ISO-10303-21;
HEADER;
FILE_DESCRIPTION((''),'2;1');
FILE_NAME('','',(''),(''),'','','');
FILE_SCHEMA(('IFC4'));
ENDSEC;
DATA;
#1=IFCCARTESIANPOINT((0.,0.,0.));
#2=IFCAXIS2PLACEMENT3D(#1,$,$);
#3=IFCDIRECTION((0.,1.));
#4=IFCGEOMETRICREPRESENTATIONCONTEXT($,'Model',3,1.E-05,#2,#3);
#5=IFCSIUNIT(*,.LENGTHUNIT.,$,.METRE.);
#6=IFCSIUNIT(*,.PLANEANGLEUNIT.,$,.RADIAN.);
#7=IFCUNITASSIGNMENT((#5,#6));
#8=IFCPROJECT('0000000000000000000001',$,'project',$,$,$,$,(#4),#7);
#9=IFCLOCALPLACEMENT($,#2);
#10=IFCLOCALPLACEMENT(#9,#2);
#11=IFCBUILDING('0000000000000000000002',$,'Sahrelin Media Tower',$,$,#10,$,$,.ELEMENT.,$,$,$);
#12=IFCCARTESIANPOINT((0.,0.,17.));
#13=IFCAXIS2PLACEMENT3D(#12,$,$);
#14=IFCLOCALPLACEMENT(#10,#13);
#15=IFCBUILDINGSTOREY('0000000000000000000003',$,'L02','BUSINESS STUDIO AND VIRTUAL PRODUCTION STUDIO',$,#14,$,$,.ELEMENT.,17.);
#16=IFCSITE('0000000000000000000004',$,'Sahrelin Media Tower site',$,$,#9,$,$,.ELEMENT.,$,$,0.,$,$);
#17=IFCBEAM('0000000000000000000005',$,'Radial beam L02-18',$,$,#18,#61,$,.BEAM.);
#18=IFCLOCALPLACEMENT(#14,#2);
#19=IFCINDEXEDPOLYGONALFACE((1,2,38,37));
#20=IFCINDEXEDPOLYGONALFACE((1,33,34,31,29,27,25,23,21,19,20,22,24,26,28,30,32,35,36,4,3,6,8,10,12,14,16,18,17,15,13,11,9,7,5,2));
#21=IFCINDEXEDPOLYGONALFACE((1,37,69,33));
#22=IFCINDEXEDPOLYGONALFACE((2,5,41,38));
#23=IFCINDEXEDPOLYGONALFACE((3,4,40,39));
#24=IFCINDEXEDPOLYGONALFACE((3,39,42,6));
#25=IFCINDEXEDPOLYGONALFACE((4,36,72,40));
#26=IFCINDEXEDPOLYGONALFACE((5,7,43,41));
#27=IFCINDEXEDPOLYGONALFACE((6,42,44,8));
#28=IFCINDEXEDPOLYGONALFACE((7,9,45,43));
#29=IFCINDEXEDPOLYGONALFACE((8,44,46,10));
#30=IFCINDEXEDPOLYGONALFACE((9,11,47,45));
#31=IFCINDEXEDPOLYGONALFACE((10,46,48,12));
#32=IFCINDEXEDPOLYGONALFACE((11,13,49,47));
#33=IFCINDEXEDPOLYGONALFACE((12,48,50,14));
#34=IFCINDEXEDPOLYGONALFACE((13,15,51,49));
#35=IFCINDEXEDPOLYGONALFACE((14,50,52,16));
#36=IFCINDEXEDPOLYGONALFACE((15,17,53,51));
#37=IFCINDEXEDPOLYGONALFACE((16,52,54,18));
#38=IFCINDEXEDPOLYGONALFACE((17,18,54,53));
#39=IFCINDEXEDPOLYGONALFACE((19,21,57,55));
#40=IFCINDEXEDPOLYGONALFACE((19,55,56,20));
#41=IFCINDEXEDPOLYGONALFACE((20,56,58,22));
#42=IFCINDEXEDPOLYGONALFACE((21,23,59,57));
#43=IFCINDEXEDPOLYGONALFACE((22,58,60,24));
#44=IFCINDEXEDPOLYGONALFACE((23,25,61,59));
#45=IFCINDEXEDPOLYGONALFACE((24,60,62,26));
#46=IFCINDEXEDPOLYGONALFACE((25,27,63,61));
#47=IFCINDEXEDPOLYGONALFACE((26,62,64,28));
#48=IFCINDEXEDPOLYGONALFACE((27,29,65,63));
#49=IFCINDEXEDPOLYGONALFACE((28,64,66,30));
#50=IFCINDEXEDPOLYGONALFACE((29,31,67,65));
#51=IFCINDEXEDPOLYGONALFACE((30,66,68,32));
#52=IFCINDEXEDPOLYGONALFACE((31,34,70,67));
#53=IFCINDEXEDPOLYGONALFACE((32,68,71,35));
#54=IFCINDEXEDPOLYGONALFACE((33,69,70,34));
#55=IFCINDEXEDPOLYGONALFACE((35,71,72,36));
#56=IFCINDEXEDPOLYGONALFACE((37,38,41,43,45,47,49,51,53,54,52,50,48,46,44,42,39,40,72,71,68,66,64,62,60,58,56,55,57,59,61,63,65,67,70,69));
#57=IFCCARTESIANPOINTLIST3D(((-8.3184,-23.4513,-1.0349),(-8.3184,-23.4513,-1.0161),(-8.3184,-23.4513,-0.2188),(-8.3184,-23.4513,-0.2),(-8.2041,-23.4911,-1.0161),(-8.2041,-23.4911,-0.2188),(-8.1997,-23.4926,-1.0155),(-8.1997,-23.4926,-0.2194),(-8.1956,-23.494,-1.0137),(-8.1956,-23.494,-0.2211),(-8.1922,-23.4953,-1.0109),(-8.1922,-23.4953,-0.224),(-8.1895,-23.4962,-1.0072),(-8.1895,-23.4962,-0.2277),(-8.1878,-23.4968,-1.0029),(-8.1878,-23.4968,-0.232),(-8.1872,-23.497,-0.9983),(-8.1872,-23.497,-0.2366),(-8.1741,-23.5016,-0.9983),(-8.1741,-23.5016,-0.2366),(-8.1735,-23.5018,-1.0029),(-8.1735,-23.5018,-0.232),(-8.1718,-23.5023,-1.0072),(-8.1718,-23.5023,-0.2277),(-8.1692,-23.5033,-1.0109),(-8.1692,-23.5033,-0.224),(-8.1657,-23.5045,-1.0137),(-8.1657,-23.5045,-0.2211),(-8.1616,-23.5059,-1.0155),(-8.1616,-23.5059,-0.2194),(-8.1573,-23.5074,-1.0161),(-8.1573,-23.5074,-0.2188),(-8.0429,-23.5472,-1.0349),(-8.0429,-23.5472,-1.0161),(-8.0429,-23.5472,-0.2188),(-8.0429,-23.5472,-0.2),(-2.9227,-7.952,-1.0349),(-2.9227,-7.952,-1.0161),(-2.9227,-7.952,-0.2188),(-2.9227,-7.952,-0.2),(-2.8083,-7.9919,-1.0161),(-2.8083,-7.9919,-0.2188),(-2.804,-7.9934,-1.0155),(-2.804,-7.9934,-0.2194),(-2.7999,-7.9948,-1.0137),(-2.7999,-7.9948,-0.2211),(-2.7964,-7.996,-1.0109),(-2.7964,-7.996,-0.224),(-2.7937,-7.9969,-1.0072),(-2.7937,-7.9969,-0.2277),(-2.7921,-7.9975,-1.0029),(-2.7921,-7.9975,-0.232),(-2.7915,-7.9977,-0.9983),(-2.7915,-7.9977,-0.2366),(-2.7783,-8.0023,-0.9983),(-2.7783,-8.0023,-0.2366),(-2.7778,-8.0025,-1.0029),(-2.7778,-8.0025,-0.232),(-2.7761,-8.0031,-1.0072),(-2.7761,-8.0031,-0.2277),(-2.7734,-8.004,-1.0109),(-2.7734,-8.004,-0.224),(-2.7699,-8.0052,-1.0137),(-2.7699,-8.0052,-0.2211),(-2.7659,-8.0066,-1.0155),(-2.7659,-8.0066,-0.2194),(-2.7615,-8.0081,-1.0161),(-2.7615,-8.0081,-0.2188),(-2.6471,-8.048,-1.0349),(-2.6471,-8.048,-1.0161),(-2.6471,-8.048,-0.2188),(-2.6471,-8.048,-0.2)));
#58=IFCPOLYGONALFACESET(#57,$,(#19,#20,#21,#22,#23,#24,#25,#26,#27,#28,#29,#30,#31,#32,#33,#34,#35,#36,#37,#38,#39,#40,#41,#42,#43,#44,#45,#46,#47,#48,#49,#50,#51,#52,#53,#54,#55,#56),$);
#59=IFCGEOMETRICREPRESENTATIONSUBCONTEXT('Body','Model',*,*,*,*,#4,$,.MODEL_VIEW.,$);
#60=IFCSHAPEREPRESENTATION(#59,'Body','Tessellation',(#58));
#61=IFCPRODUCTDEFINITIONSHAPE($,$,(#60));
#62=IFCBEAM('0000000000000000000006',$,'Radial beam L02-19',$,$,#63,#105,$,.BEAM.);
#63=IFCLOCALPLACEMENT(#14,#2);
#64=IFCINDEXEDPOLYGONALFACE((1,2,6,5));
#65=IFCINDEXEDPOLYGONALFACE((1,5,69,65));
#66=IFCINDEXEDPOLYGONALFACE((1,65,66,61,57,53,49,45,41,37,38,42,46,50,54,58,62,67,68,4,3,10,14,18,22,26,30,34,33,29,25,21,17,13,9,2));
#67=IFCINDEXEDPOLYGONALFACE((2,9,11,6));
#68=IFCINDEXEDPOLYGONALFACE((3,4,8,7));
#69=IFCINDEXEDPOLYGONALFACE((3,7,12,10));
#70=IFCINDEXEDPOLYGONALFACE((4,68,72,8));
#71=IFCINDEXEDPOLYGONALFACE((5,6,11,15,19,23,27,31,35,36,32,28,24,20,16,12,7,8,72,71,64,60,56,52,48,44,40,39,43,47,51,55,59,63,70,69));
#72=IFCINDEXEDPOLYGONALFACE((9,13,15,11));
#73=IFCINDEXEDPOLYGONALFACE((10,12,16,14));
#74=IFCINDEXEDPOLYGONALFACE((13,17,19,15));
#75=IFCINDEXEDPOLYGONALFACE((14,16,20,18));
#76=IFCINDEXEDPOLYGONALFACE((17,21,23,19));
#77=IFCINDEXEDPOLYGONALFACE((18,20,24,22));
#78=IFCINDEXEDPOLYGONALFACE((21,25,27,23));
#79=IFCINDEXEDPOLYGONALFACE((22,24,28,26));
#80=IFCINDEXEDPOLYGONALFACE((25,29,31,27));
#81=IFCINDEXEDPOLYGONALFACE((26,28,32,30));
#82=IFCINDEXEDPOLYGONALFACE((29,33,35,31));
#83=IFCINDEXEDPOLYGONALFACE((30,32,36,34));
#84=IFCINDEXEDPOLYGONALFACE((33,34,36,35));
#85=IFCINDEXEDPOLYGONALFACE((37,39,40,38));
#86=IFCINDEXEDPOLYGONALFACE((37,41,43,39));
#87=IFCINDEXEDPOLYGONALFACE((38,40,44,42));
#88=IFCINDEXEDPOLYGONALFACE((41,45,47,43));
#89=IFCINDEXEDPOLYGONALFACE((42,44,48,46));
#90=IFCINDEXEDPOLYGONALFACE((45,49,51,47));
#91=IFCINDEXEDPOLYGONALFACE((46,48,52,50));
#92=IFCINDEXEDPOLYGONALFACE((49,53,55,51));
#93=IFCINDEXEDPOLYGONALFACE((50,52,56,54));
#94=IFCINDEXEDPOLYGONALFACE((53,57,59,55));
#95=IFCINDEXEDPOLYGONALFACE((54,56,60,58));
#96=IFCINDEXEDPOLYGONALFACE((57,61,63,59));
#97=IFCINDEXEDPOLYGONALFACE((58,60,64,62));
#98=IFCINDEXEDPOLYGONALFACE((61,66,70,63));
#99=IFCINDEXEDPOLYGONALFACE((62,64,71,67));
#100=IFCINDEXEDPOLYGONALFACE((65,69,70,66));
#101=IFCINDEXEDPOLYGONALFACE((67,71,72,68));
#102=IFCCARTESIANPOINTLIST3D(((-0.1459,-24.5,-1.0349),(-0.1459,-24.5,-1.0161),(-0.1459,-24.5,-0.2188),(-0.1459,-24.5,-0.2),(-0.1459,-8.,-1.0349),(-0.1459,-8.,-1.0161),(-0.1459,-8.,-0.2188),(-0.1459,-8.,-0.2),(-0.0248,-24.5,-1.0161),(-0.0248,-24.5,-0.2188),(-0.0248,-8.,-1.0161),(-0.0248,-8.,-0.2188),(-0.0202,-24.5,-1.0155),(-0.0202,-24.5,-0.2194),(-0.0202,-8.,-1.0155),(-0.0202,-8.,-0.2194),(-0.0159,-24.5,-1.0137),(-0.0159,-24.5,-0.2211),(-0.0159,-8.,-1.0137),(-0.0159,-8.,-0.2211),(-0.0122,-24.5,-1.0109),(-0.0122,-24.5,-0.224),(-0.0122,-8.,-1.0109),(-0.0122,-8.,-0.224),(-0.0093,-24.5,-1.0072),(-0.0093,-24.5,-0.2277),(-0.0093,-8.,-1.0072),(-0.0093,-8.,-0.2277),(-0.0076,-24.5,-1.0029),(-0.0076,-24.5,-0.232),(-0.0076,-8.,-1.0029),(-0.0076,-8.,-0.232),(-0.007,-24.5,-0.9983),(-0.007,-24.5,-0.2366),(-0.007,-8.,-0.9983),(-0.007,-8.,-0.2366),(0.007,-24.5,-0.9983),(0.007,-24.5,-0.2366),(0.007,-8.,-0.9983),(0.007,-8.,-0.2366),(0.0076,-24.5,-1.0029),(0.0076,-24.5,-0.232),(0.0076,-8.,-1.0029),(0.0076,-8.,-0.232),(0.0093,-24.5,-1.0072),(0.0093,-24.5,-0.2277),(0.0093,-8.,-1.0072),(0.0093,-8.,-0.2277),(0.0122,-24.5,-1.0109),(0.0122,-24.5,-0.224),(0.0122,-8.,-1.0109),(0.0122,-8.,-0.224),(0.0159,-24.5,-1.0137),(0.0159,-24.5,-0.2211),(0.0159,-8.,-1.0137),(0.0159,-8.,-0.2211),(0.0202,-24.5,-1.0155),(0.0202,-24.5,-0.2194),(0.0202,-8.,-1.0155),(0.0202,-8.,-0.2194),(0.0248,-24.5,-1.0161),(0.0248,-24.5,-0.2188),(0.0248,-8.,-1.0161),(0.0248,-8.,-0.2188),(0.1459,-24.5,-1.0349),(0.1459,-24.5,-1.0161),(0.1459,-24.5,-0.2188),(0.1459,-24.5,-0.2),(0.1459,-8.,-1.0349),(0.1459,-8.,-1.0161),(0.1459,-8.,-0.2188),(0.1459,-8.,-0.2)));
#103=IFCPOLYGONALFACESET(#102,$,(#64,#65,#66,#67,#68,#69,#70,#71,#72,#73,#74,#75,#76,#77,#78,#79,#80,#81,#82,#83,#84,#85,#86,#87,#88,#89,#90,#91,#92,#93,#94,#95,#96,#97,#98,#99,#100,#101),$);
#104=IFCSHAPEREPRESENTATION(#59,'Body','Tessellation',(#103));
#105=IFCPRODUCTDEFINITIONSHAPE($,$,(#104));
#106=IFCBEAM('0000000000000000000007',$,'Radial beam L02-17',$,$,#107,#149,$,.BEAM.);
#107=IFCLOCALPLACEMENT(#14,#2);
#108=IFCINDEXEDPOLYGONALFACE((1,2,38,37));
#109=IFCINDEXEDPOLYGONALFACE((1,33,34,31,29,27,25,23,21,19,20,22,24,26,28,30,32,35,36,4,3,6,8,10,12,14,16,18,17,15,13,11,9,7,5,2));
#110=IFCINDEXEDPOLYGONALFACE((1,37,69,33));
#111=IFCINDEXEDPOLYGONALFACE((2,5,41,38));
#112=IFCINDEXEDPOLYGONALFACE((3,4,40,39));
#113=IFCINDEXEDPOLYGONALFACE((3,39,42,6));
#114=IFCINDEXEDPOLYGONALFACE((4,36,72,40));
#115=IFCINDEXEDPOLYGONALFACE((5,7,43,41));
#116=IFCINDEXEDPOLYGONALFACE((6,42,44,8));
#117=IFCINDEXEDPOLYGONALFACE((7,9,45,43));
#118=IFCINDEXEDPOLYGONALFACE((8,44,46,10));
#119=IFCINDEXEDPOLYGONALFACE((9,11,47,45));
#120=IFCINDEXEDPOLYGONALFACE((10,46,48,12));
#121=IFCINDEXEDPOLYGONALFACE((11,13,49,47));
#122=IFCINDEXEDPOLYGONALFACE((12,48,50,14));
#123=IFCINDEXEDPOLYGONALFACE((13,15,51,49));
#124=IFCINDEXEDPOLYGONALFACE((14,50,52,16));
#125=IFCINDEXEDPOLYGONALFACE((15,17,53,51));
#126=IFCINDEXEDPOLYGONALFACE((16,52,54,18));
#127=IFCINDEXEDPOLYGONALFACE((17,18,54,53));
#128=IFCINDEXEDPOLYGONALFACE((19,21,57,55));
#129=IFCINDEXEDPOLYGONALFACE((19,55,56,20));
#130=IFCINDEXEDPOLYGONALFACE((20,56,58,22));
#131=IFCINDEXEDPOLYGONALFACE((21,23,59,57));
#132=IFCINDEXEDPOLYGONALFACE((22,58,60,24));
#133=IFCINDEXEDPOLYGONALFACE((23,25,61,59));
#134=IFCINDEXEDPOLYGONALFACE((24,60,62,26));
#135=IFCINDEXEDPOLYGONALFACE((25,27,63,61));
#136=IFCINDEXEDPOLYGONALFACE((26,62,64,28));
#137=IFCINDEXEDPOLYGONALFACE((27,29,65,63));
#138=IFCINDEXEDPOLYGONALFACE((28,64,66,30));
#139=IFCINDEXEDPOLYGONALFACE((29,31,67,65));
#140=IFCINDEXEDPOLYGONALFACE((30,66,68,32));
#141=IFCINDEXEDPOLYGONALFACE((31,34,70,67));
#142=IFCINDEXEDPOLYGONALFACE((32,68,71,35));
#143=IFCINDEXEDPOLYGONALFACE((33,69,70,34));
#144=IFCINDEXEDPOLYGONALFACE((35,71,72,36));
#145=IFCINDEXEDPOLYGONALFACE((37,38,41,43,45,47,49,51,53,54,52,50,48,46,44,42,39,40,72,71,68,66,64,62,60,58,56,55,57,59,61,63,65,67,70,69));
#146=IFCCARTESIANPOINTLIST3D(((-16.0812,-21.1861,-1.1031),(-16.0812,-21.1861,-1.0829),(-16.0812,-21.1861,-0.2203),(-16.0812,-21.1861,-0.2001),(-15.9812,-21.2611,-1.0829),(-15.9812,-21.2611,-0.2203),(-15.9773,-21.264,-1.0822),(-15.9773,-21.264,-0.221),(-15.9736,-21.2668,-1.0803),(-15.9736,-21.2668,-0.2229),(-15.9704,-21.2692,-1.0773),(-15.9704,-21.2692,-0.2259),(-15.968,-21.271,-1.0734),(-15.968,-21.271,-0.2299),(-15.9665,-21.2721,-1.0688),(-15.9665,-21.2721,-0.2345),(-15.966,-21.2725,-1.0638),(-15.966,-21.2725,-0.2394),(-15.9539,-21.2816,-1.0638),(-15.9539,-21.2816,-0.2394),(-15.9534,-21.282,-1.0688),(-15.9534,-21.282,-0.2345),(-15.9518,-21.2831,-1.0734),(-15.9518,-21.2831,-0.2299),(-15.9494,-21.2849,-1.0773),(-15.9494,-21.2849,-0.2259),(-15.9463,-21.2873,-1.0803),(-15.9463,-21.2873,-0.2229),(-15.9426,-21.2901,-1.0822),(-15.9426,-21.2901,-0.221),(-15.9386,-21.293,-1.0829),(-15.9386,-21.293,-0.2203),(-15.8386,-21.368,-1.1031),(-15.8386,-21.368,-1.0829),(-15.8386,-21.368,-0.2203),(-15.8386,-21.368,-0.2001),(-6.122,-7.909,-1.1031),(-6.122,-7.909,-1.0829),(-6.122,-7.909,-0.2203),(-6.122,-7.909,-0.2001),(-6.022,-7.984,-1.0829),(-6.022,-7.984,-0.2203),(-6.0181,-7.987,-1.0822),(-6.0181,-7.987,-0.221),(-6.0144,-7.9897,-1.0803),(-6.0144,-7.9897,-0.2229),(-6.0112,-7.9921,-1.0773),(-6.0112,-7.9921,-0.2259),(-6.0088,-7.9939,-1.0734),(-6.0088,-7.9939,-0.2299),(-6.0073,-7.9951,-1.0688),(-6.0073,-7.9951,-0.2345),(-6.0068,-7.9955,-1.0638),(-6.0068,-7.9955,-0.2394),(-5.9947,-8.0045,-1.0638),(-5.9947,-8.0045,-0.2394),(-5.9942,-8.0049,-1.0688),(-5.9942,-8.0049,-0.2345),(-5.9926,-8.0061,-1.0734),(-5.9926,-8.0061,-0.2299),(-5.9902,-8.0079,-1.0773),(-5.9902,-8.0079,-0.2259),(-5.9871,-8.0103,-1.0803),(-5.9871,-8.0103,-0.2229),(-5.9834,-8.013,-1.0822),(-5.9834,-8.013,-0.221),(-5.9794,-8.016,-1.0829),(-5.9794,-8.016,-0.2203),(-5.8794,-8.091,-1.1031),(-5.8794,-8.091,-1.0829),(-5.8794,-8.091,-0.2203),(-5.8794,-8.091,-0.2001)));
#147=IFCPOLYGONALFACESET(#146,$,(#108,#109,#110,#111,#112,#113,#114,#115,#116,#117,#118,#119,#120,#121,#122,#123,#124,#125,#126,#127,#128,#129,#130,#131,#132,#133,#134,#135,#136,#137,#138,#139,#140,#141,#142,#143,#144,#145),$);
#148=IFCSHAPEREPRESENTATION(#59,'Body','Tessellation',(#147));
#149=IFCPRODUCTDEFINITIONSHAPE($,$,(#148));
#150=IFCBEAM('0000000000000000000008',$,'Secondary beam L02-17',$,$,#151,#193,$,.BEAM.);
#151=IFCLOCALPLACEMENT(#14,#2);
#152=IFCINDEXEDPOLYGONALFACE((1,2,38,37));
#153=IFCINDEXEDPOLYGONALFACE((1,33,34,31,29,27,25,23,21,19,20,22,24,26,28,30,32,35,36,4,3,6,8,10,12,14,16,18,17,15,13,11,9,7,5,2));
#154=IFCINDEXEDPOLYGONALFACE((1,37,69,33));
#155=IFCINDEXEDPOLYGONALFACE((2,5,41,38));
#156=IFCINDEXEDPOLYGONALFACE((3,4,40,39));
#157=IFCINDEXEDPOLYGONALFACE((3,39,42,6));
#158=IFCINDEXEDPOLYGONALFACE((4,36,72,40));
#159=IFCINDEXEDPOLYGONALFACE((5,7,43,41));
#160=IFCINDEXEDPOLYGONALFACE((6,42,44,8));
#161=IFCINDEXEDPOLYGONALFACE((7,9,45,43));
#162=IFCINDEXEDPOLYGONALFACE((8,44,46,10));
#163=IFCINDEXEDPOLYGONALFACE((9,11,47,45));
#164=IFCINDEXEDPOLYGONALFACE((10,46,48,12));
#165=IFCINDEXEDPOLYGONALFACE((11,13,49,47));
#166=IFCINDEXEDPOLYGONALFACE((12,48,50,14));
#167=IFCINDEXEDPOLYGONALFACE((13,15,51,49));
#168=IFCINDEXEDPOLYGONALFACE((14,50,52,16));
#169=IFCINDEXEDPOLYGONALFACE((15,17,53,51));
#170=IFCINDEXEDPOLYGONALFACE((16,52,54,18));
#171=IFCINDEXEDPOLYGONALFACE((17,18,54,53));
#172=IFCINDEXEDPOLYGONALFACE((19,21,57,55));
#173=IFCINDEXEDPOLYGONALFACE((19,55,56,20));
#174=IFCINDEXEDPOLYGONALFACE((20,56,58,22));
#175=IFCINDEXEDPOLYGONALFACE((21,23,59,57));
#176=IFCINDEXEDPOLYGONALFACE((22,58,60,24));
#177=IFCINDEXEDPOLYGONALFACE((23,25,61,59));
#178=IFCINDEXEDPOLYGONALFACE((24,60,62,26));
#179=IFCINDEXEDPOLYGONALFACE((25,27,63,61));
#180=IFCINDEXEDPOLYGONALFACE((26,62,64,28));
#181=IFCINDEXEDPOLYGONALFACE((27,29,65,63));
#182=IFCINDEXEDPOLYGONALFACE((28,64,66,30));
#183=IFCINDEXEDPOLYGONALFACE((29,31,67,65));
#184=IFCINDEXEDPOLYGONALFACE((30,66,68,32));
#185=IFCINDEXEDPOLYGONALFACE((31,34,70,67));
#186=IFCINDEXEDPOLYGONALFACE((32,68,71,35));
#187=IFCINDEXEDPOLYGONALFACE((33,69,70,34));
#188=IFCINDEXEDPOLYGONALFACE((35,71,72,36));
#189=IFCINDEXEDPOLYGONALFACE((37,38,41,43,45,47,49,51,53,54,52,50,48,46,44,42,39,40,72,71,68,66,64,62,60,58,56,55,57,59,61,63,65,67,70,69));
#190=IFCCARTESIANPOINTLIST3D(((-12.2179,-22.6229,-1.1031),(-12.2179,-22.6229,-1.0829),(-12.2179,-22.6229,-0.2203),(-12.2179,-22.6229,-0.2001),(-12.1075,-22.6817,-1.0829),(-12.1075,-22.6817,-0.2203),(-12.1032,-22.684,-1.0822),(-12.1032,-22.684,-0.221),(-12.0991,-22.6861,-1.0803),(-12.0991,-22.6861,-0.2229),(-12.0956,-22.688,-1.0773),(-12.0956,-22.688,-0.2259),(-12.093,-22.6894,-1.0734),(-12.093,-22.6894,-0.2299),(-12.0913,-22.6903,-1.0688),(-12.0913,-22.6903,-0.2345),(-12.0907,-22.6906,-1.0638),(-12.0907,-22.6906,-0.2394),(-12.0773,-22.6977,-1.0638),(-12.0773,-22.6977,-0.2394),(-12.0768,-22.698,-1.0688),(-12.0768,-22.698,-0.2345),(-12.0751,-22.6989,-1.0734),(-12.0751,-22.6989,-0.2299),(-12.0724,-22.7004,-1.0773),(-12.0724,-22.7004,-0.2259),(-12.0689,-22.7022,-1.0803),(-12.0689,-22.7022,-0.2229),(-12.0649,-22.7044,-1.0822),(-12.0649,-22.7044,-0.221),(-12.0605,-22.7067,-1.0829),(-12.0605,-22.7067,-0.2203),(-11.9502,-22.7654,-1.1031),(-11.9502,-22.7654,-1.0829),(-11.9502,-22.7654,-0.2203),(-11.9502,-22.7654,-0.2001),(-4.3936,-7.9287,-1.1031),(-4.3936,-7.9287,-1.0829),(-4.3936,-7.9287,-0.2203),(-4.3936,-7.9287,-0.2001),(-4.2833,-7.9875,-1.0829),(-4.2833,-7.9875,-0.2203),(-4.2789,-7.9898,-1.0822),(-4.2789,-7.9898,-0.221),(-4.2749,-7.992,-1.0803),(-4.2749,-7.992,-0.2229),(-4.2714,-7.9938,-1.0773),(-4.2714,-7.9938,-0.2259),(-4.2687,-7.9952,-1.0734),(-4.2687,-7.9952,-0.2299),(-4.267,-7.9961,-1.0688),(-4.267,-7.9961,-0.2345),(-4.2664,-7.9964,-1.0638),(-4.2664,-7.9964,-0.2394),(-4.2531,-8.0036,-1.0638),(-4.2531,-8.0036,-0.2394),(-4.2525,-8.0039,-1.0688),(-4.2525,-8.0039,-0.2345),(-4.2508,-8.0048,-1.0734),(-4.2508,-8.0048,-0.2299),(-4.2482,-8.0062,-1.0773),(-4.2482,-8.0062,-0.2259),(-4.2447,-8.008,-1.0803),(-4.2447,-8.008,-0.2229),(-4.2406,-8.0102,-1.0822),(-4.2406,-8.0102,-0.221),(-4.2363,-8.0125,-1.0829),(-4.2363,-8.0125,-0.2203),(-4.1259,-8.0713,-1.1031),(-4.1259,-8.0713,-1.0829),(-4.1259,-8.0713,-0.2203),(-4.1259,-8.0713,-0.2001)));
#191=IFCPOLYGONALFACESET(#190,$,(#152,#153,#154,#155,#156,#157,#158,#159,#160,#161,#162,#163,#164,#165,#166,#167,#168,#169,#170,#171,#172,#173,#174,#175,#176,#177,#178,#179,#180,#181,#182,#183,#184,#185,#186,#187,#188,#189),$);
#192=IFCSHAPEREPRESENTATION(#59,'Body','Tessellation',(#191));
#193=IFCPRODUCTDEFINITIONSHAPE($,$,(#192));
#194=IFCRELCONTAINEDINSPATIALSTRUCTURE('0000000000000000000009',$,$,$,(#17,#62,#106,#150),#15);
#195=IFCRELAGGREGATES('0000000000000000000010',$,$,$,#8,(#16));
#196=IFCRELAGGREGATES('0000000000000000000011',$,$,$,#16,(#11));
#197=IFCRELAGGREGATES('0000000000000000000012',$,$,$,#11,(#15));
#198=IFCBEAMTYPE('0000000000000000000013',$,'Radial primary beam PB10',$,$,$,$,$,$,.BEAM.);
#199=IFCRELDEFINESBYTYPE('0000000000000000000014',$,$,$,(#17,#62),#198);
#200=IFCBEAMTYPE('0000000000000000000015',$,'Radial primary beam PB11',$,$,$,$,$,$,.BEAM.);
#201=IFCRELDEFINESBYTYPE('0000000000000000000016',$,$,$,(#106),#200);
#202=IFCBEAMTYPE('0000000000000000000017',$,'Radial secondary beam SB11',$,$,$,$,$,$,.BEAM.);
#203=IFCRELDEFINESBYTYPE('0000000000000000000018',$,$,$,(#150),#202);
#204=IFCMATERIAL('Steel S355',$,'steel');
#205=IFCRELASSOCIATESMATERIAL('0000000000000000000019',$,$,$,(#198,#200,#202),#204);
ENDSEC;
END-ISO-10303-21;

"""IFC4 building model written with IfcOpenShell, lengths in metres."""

from ifc_helpers import new_model, si_unit, direction, frame, origin, origin_2d, place, context, subcontext, project, spatial, i_section, extrude, material, material_profile, profile_set, type_object, element, save


model = new_model("IFC4")

# Units and contexts
model_context = context("Model", 3, precision=1e-05, world=origin(), true_north=direction((0.0, 1.0)))
body_context = subcontext(model_context, "Body", "Model", "MODEL_VIEW")
ifc_project = project(units=[si_unit("LENGTHUNIT", "METRE"), si_unit("PLANEANGLEUNIT", "RADIAN")], contexts=[model_context])

# Site, building, storey
site_placement = place(None, origin())
site = spatial("IfcSite", under=ifc_project, at=site_placement, Name="Sahrelin Media Tower site", CompositionType="ELEMENT", RefElevation=0.0)
building_placement = place(site_placement, origin())
building = spatial("IfcBuilding", under=site, at=building_placement, Name="Sahrelin Media Tower", CompositionType="ELEMENT")
storey_placement = place(building_placement, frame((0.0, 0.0, 17.0)))
storey = spatial("IfcBuildingStorey", under=building, at=storey_placement, Name="L02", Description="BUSINESS STUDIO AND VIRTUAL PRODUCTION STUDIO", CompositionType="ELEMENT", Elevation=17.0)

# Beams
ifc_material_1 = material(Name="Steel S355", Category="steel")
ifc_material_profile_1 = material_profile(ifc_material_1, i_section(OverallWidth=0.2917, OverallDepth=0.835, WebThickness=0.0139, FlangeThickness=0.0188, FilletRadius=0.0178, at=origin_2d()), Name="UB 838x292x176")
ifc_profile_set_1 = profile_set([ifc_material_profile_1], Name="Steel S355")
beam_type_1 = type_object("IfcBeamType", Name="Radial primary beam PB10", PredefinedType="BEAM", material=ifc_profile_set_1)
beam_1_placement = place(storey_placement, frame((-2.7849, -8.0, -0.6174), z_axis=(-0.328776, -0.944408, 0.0), x_axis=(0.944408, -0.328776, 0.0)))
element("IfcBeam", 1, at=beam_1_placement, inside=storey, type_object=beam_type_1, Name="Radial beam L02-18", PredefinedType="BEAM", context=body_context, shape_type="SweptSolid", body=[
    extrude(i_section(OverallWidth=0.2917, OverallDepth=0.835, WebThickness=0.0139, FlangeThickness=0.0188, FilletRadius=0.0178, at=origin_2d()), origin(), (0.0, 0.0, 1.0), 16.4116),
])
beam_2_placement = place(storey_placement, frame((0.0, -8.0, -0.6174), z_axis=(0.0, -1.0, 0.0), x_axis=(1.0, 0.0, 0.0)))
element("IfcBeam", 2, at=beam_2_placement, inside=storey, type_object=beam_type_1, Name="Radial beam L02-19", PredefinedType="BEAM", context=body_context, shape_type="SweptSolid", body=[
    extrude(i_section(OverallWidth=0.2917, OverallDepth=0.835, WebThickness=0.0139, FlangeThickness=0.0188, FilletRadius=0.0178, at=origin_2d()), origin(), (0.0, 0.0, 1.0), 16.5),
])
ifc_material_profile_2 = material_profile(ifc_material_1, i_section(OverallWidth=0.3032, OverallDepth=0.9031, WebThickness=0.0151, FlangeThickness=0.0203, FilletRadius=0.019, at=origin_2d()), Name="UB 914x305x201")
ifc_profile_set_2 = profile_set([ifc_material_profile_2], Name="Steel S355")
beam_type_2 = type_object("IfcBeamType", Name="Radial primary beam PB11", PredefinedType="BEAM", material=ifc_profile_set_2)
beam_3_placement = place(storey_placement, frame((-6.0007, -8.0, -0.6516), z_axis=(-0.600054, -0.799959, 0.0), x_axis=(0.799959, -0.600054, 0.0)))
element("IfcBeam", 3, at=beam_3_placement, inside=storey, type_object=beam_type_2, Name="Radial beam L02-17", PredefinedType="BEAM", context=body_context, shape_type="SweptSolid", body=[
    extrude(i_section(OverallWidth=0.3032, OverallDepth=0.9031, WebThickness=0.0151, FlangeThickness=0.0203, FilletRadius=0.019, at=origin_2d()), origin(), (0.0, 0.0, 1.0), 16.5972),
])
ifc_material_profile_3 = material_profile(ifc_material_1, i_section(OverallWidth=0.3032, OverallDepth=0.9031, WebThickness=0.0151, FlangeThickness=0.0203, FilletRadius=0.019, at=origin_2d()), Name="UB 914x305x201")
ifc_profile_set_3 = profile_set([ifc_material_profile_3], Name="Steel S355")
beam_type_3 = type_object("IfcBeamType", Name="Radial secondary beam SB11", PredefinedType="BEAM", material=ifc_profile_set_3)
beam_4_placement = place(storey_placement, frame((-4.2598, -8.0, -0.6516), z_axis=(-0.469997, -0.882668, 0.0), x_axis=(0.882668, -0.469997, 0.0)))
element("IfcBeam", 4, at=beam_4_placement, inside=storey, type_object=beam_type_3, Name="Secondary beam L02-17", PredefinedType="BEAM", context=body_context, shape_type="SweptSolid", body=[
    extrude(i_section(OverallWidth=0.3032, OverallDepth=0.9031, WebThickness=0.0151, FlangeThickness=0.0203, FilletRadius=0.019, at=origin_2d()), origin(), (0.0, 0.0, 1.0), 16.6475),
])

save(model, "model.ifc")
